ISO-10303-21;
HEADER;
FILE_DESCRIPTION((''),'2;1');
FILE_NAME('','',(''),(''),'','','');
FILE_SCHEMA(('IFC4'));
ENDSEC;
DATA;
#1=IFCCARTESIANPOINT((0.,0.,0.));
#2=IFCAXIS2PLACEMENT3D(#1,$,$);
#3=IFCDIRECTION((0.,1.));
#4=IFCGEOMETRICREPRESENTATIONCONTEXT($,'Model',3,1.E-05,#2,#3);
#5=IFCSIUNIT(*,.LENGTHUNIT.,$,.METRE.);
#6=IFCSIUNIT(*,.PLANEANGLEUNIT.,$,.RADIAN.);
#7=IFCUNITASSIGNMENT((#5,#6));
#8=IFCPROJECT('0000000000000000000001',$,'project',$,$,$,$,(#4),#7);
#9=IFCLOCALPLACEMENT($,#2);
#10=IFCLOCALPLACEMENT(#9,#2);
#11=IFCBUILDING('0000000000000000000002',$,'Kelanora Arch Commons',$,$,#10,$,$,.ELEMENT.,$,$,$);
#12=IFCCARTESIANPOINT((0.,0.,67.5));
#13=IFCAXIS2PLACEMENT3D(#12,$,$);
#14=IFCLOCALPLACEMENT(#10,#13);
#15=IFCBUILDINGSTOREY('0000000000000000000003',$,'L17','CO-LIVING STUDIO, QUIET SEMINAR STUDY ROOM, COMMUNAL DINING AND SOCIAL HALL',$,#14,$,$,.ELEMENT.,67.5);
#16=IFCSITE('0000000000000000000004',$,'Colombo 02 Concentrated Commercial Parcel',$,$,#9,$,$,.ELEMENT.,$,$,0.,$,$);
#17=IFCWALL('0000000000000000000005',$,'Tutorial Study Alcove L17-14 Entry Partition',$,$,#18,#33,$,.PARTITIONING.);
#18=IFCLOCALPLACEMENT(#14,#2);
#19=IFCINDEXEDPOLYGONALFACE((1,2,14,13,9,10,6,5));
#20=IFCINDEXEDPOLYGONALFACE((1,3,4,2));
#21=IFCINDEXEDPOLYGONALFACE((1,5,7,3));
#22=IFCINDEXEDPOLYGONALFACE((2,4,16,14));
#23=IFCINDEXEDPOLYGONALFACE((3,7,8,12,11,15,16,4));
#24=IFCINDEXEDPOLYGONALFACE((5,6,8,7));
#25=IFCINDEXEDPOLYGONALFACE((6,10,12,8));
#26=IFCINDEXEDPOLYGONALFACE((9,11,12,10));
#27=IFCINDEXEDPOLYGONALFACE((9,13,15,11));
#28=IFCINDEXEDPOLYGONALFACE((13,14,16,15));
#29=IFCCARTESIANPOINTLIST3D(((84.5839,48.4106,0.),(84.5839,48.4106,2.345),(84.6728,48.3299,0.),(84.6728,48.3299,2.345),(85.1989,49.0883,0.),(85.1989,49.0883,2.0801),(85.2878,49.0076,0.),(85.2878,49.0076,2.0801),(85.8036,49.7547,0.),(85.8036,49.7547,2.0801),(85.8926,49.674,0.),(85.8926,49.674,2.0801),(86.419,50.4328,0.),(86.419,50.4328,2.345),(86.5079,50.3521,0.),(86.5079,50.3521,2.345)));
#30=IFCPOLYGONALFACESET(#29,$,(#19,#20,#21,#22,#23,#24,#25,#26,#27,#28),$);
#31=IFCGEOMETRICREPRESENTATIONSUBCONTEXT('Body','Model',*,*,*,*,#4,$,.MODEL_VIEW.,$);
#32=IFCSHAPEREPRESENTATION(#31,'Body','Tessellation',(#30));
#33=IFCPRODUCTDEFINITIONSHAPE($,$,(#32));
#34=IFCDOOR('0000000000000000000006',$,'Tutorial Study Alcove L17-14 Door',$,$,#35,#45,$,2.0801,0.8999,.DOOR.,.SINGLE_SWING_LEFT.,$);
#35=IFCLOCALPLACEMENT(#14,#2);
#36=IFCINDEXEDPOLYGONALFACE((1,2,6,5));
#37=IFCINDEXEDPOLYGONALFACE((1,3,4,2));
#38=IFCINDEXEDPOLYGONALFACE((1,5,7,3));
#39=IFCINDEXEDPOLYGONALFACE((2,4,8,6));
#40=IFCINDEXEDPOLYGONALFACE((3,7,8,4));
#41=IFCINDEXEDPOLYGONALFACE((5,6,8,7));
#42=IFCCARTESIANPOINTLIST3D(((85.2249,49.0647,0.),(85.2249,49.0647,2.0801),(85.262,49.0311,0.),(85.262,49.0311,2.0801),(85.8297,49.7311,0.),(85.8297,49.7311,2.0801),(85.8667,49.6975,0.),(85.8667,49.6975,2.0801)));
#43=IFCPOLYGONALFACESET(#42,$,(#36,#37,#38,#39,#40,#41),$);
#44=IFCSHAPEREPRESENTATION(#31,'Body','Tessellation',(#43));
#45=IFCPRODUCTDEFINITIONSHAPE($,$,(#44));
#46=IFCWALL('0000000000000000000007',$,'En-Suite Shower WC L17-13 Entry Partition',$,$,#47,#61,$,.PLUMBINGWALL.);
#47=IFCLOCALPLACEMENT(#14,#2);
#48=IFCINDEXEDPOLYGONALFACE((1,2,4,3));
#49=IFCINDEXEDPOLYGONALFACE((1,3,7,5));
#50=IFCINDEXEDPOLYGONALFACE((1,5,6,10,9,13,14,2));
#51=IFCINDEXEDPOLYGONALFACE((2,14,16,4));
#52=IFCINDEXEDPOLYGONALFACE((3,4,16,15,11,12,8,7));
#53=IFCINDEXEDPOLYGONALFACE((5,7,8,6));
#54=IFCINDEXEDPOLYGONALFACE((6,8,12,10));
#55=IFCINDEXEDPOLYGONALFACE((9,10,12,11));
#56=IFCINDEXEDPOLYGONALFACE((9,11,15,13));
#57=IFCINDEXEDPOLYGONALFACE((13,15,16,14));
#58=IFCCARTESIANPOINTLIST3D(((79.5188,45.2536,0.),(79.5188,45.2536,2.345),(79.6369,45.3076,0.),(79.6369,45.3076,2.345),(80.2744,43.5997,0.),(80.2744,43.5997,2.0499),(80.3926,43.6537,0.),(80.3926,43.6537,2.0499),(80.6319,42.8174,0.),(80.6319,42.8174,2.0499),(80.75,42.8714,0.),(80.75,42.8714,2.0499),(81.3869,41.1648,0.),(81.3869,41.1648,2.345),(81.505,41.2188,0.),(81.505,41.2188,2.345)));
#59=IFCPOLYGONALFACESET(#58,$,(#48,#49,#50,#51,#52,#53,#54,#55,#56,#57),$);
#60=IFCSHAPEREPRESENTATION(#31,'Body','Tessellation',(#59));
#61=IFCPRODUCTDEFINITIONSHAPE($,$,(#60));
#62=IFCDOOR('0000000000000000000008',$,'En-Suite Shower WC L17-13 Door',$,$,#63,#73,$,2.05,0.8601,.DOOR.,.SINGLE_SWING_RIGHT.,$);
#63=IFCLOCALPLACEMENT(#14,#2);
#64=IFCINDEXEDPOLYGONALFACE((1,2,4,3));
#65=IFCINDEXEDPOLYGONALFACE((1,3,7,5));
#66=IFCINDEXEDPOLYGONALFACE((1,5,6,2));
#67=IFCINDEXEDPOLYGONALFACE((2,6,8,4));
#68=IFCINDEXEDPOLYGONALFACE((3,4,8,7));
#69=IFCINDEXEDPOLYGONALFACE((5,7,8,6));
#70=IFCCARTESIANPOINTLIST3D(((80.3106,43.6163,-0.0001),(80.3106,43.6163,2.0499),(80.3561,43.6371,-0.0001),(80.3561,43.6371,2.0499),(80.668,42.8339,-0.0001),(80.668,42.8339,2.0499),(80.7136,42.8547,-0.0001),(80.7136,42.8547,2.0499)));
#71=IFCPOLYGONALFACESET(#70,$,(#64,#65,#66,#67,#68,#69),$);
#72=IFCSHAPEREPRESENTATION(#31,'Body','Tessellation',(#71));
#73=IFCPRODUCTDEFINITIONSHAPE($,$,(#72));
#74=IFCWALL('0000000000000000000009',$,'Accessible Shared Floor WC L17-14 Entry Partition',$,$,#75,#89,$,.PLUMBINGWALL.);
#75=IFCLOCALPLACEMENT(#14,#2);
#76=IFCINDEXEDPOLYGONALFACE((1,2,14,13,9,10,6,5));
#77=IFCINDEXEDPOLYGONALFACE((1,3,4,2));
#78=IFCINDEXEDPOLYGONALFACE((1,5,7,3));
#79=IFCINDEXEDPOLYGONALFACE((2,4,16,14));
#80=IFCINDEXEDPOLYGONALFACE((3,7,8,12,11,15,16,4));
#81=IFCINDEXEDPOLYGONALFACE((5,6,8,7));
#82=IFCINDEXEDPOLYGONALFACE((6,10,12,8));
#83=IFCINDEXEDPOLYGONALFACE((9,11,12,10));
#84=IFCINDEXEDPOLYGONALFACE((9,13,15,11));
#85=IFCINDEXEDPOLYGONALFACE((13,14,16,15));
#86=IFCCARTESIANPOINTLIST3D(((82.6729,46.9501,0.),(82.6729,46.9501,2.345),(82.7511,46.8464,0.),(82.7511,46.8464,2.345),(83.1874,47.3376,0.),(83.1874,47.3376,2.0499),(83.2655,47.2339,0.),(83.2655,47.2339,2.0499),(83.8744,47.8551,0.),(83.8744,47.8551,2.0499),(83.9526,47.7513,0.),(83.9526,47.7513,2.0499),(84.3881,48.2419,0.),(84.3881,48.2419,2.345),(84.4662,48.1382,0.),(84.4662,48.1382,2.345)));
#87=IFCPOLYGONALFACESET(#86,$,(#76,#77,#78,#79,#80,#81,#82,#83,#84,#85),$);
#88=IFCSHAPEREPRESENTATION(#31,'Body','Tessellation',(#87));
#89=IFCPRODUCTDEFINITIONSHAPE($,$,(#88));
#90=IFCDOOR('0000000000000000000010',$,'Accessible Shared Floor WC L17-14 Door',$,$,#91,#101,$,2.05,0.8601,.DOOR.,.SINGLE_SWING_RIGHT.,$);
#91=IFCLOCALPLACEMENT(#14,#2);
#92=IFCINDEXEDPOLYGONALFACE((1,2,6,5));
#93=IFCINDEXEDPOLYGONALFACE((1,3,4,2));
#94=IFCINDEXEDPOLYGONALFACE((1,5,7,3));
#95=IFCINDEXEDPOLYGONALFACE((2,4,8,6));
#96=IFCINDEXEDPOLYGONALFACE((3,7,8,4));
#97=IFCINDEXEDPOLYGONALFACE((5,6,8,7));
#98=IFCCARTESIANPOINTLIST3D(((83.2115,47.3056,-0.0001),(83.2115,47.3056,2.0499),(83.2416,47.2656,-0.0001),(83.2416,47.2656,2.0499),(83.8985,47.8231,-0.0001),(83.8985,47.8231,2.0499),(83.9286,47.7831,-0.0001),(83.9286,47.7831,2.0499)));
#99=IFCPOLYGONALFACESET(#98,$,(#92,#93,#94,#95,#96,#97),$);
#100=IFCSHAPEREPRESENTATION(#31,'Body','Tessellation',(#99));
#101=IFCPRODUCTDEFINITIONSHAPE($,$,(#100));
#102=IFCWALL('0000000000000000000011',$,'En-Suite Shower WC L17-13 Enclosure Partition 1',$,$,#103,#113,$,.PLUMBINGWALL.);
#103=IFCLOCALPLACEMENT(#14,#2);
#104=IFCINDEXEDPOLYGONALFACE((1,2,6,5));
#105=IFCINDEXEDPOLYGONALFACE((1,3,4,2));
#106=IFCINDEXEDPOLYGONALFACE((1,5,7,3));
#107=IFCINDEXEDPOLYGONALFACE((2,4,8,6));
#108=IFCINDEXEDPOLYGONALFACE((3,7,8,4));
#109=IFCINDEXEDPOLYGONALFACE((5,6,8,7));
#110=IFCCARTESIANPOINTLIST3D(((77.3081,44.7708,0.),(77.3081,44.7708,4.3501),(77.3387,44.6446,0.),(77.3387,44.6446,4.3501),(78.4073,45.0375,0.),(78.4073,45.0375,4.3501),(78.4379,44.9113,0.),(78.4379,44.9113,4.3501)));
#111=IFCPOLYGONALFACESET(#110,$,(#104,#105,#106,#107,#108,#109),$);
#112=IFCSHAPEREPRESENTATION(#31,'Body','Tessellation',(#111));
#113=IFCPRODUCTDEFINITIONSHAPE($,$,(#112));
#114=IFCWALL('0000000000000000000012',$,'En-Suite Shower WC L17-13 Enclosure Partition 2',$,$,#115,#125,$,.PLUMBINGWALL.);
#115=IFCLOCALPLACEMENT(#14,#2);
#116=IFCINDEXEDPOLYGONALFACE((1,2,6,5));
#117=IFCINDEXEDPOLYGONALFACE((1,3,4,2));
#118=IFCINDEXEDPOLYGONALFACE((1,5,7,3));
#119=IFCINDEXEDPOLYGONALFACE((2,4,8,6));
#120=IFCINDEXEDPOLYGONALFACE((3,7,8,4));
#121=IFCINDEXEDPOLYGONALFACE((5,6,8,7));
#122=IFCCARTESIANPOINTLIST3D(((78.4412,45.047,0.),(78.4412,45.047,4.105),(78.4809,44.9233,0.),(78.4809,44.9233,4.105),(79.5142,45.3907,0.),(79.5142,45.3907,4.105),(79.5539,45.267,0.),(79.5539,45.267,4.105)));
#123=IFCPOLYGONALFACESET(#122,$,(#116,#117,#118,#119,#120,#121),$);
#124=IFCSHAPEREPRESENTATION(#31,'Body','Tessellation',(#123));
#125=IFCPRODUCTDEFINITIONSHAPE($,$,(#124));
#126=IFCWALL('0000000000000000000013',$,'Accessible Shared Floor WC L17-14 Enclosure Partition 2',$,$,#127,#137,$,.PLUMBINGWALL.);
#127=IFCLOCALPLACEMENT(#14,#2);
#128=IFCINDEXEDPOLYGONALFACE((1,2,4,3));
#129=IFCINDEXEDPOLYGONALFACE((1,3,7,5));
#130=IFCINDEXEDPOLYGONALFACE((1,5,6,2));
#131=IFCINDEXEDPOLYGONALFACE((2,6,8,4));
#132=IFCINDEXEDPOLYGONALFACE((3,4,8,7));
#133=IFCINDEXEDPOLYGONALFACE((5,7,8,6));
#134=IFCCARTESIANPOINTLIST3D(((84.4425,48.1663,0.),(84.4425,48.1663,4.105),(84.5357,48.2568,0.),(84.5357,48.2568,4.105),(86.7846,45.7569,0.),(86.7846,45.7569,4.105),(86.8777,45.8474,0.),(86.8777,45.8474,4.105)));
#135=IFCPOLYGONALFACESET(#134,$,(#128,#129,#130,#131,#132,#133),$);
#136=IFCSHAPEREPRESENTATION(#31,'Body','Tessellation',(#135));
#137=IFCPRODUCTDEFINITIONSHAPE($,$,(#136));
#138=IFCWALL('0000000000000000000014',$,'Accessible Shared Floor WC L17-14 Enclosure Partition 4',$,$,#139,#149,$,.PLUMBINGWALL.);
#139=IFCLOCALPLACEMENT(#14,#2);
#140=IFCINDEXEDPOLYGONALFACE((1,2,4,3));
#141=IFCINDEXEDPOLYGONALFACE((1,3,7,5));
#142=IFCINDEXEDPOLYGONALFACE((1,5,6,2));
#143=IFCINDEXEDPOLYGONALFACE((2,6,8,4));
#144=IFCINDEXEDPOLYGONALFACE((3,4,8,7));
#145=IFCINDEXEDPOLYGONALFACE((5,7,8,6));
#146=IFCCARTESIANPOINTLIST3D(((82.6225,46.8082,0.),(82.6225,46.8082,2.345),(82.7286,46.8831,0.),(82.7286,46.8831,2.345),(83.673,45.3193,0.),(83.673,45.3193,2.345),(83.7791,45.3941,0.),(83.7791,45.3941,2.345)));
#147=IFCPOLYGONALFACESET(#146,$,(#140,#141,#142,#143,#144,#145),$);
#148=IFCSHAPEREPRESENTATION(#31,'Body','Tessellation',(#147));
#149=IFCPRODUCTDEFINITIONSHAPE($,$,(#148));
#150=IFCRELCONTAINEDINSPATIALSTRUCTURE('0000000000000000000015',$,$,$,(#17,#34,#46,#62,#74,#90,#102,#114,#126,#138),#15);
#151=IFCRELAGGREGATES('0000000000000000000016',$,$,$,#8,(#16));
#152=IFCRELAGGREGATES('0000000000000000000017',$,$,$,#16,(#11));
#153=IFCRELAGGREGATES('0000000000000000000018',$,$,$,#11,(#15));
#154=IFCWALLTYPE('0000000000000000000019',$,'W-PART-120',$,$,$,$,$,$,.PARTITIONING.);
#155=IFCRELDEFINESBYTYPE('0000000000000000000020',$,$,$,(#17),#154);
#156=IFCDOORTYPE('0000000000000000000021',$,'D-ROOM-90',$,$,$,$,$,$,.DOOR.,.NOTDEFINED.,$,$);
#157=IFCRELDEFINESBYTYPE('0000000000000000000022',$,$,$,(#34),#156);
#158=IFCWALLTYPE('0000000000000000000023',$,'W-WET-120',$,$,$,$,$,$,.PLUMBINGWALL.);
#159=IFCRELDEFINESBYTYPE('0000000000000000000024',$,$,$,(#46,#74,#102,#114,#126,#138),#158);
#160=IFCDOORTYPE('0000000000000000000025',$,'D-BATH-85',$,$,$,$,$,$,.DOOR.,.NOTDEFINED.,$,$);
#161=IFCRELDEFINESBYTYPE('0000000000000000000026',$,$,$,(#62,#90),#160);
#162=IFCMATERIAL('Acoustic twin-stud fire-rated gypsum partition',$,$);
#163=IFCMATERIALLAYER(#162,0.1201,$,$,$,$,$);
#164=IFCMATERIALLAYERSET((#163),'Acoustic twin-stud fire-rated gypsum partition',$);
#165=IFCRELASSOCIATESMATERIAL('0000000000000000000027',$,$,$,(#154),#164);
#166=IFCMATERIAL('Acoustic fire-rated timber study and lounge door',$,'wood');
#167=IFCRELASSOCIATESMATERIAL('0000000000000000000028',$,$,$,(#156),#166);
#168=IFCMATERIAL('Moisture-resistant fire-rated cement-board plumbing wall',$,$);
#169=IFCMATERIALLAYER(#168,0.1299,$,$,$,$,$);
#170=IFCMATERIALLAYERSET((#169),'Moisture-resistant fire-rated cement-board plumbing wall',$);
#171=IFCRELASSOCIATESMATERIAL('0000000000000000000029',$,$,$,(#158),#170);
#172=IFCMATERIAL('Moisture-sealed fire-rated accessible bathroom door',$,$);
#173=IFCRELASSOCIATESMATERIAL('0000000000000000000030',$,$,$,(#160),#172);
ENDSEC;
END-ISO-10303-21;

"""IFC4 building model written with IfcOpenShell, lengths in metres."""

from ifc_helpers import new_model, si_unit, direction, frame, frame_2d, origin, place, context, subcontext, project, spatial, rectangle, extrude, material, layer, layer_set, type_object, element, fill, save


model = new_model("IFC4")

# Units and contexts
model_context = context("Model", 3, precision=1e-05, world=origin(), true_north=direction((0.0, 1.0)))
body_context = subcontext(model_context, "Body", "Model", "MODEL_VIEW")
ifc_project = project(units=[si_unit("LENGTHUNIT", "METRE"), si_unit("PLANEANGLEUNIT", "RADIAN")], contexts=[model_context])

# Site, building, storey
site_placement = place(None, origin())
site = spatial("IfcSite", under=ifc_project, at=site_placement, Name="Colombo 02 Concentrated Commercial Parcel", CompositionType="ELEMENT", RefElevation=0.0)
building_placement = place(site_placement, origin())
building = spatial("IfcBuilding", under=site, at=building_placement, Name="Kelanora Arch Commons", CompositionType="ELEMENT")
storey_placement = place(building_placement, frame((0.0, 0.0, 67.5)))
storey = spatial("IfcBuildingStorey", under=building, at=storey_placement, Name="L17", Description="CO-LIVING STUDIO, QUIET SEMINAR STUDY ROOM, COMMUNAL DINING AND SOCIAL HALL", CompositionType="ELEMENT", Elevation=67.5)

# Walls, openings, doors
ifc_material_1 = material(Name="Acoustic twin-stud fire-rated gypsum partition")
ifc_layer_1 = layer(ifc_material_1, 0.1201)
ifc_layer_set_1 = layer_set([ifc_layer_1], Name="Acoustic twin-stud fire-rated gypsum partition")
wall_type_1 = type_object("IfcWallType", Name="W-PART-120", PredefinedType="PARTITIONING", material=ifc_layer_set_1)
wall_1_placement = place(storey_placement, frame((84.6284, 48.3704, 0.0), z_axis=(0.0, 0.0, 1.0), x_axis=(0.672036, 0.740518, 0.0)))
wall_1 = element("IfcWall", 1, at=wall_1_placement, inside=storey, type_object=wall_type_1, Name="Tutorial Study Alcove L17-14 Entry Partition", PredefinedType="PARTITIONING", context=body_context, shape_type="SweptSolid", body=[
    extrude(rectangle(XDim=2.7307, YDim=0.1201, at=frame_2d((1.3652, 0.0))), origin(), (0.0, 0.0, 1.0), 2.345),
])
opening_1_placement = place(wall_1_placement, frame((0.915, 0.0, 0.0)))
opening_1 = element("IfcOpeningElement", 2, at=opening_1_placement, cuts=wall_1, PredefinedType="OPENING", context=body_context, shape_type="SweptSolid", body=[
    extrude(rectangle(XDim=0.8999, YDim=2.0801, at=frame_2d((0.45, 1.04))), frame((0.0, 0.0701, 0.0), z_axis=(0.0, -1.0, 0.0), x_axis=(1.0, 0.0, 0.0)), (0.0, 0.0, 1.0), 0.1401),
])
ifc_material_2 = material(Name="Acoustic fire-rated timber study and lounge door", Category="wood")
door_type_1 = type_object("IfcDoorType", Name="D-ROOM-90", OperationType="NOTDEFINED", PredefinedType="DOOR", material=ifc_material_2)
door_1_placement = place(opening_1_placement, origin())
door_1 = element("IfcDoor", 3, at=door_1_placement, inside=storey, type_object=door_type_1, Name="Tutorial Study Alcove L17-14 Door", OperationType="SINGLE_SWING_LEFT", OverallHeight=2.0801, OverallWidth=0.8999, PredefinedType="DOOR", context=body_context, shape_type="SweptSolid", body=[
    extrude(rectangle(XDim=0.8999, YDim=2.0801, at=frame_2d((0.45, 1.04))), frame((0.0, 0.0249, 0.0), z_axis=(0.0, -1.0, 0.0), x_axis=(1.0, 0.0, 0.0)), (0.0, 0.0, 1.0), 0.05),
])
fill(opening_1, door_1)
ifc_material_3 = material(Name="Moisture-resistant fire-rated cement-board plumbing wall")
ifc_layer_2 = layer(ifc_material_3, 0.1299)
ifc_layer_set_2 = layer_set([ifc_layer_2], Name="Moisture-resistant fire-rated cement-board plumbing wall")
wall_type_2 = type_object("IfcWallType", Name="W-WET-120", PredefinedType="PLUMBINGWALL", material=ifc_layer_set_2)
wall_2_placement = place(storey_placement, frame((79.5779, 45.2805, 0.0), z_axis=(0.0, 0.0, 1.0), x_axis=(0.41557, -0.909561, 0.0)))
wall_2 = element("IfcWall", 4, at=wall_2_placement, inside=storey, type_object=wall_type_2, Name="En-Suite Shower WC L17-13 Entry Partition", PredefinedType="PLUMBINGWALL", context=body_context, shape_type="SweptSolid", body=[
    extrude(rectangle(XDim=4.4954, YDim=0.1299, at=frame_2d((2.2476, 0.0))), origin(), (0.0, 0.0, 1.0), 2.345),
])
opening_2_placement = place(wall_2_placement, frame((1.8181, 0.0, 0.0)))
opening_2 = element("IfcOpeningElement", 5, at=opening_2_placement, cuts=wall_2, PredefinedType="OPENING", context=body_context, shape_type="SweptSolid", body=[
    extrude(rectangle(XDim=0.8601, YDim=2.05, at=frame_2d((0.4302, 1.0249))), frame((0.0, 0.075, 0.0), z_axis=(0.0, -1.0, 0.0), x_axis=(1.0, 0.0, 0.0)), (0.0, 0.0, 1.0), 0.1499),
])
ifc_material_4 = material(Name="Moisture-sealed fire-rated accessible bathroom door")
door_type_2 = type_object("IfcDoorType", Name="D-BATH-85", OperationType="NOTDEFINED", PredefinedType="DOOR", material=ifc_material_4)
door_2_placement = place(opening_2_placement, origin())
door_2 = element("IfcDoor", 6, at=door_2_placement, inside=storey, type_object=door_type_2, Name="En-Suite Shower WC L17-13 Door", OperationType="SINGLE_SWING_RIGHT", OverallHeight=2.05, OverallWidth=0.8601, PredefinedType="DOOR", context=body_context, shape_type="SweptSolid", body=[
    extrude(rectangle(XDim=0.8601, YDim=2.05, at=frame_2d((0.4302, 1.0249))), frame((0.0, 0.0249, 0.0), z_axis=(0.0, -1.0, 0.0), x_axis=(1.0, 0.0, 0.0)), (0.0, 0.0, 1.0), 0.05),
])
fill(opening_2, door_2)
wall_3_placement = place(storey_placement, frame((82.7119, 46.8982, 0.0), z_axis=(0.0, 0.0, 1.0), x_axis=(0.798784, 0.601618, 0.0)))
wall_3 = element("IfcWall", 7, at=wall_3_placement, inside=storey, type_object=wall_type_2, Name="Accessible Shared Floor WC L17-14 Entry Partition", PredefinedType="PLUMBINGWALL", context=body_context, shape_type="SweptSolid", body=[
    extrude(rectangle(XDim=2.1472, YDim=0.1299, at=frame_2d((1.0737, 0.0))), origin(), (0.0, 0.0, 1.0), 2.345),
])
opening_3_placement = place(wall_3_placement, frame((0.644, 0.0, 0.0)))
opening_3 = element("IfcOpeningElement", 8, at=opening_3_placement, cuts=wall_3, PredefinedType="OPENING", context=body_context, shape_type="SweptSolid", body=[
    extrude(rectangle(XDim=0.8601, YDim=2.05, at=frame_2d((0.4302, 1.0249))), frame((0.0, 0.075, 0.0), z_axis=(0.0, -1.0, 0.0), x_axis=(1.0, 0.0, 0.0)), (0.0, 0.0, 1.0), 0.1499),
])
door_3_placement = place(opening_3_placement, origin())
door_3 = element("IfcDoor", 9, at=door_3_placement, inside=storey, type_object=door_type_2, Name="Accessible Shared Floor WC L17-14 Door", OperationType="SINGLE_SWING_RIGHT", OverallHeight=2.05, OverallWidth=0.8601, PredefinedType="DOOR", context=body_context, shape_type="SweptSolid", body=[
    extrude(rectangle(XDim=0.8601, YDim=2.05, at=frame_2d((0.4302, 1.0249))), frame((0.0, 0.0249, 0.0), z_axis=(0.0, -1.0, 0.0), x_axis=(1.0, 0.0, 0.0)), (0.0, 0.0, 1.0), 0.05),
])
fill(opening_3, door_3)

# Walls
wall_4_placement = place(storey_placement, frame((77.3235, 44.7078, 0.0), z_axis=(0.0, 0.0, 1.0), x_axis=(0.97182, 0.235724, 0.0)))
element("IfcWall", 10, at=wall_4_placement, inside=storey, type_object=wall_type_2, Name="En-Suite Shower WC L17-13 Enclosure Partition 1", PredefinedType="PLUMBINGWALL", context=body_context, shape_type="SweptSolid", body=[
    extrude(rectangle(XDim=1.1311, YDim=0.1299, at=frame_2d((0.5654, 0.0))), origin(), (0.0, 0.0, 1.0), 4.3501),
])
wall_5_placement = place(storey_placement, frame((78.4609, 44.9851, 0.0), z_axis=(0.0, 0.0, 1.0), x_axis=(0.952323, 0.30509, 0.0)))
element("IfcWall", 11, at=wall_5_placement, inside=storey, type_object=wall_type_2, Name="En-Suite Shower WC L17-13 Enclosure Partition 2", PredefinedType="PLUMBINGWALL", context=body_context, shape_type="SweptSolid", body=[
    extrude(rectangle(XDim=1.1267, YDim=0.1299, at=frame_2d((0.5635, 0.0))), origin(), (0.0, 0.0, 1.0), 4.105),
])
wall_6_placement = place(storey_placement, frame((84.489, 48.2117, 0.0), z_axis=(0.0, 0.0, 1.0), x_axis=(0.697009, -0.717063, 0.0)))
element("IfcWall", 12, at=wall_6_placement, inside=storey, type_object=wall_type_2, Name="Accessible Shared Floor WC L17-14 Enclosure Partition 2", PredefinedType="PLUMBINGWALL", context=body_context, shape_type="SweptSolid", body=[
    extrude(rectangle(XDim=3.3601, YDim=0.1299, at=frame_2d((1.6802, 0.0))), origin(), (0.0, 0.0, 1.0), 4.105),
])
wall_7_placement = place(storey_placement, frame((83.7261, 45.3567, 0.0), z_axis=(0.0, 0.0, 1.0), x_axis=(-0.576489, 0.817105, 0.0)))
element("IfcWall", 13, at=wall_7_placement, inside=storey, type_object=wall_type_2, Name="Accessible Shared Floor WC L17-14 Enclosure Partition 4", PredefinedType="PLUMBINGWALL", context=body_context, shape_type="SweptSolid", body=[
    extrude(rectangle(XDim=1.8223, YDim=0.1299, at=frame_2d((0.9111, 0.0))), origin(), (0.0, 0.0, 1.0), 2.345),
])

save(model, "model.ifc")
